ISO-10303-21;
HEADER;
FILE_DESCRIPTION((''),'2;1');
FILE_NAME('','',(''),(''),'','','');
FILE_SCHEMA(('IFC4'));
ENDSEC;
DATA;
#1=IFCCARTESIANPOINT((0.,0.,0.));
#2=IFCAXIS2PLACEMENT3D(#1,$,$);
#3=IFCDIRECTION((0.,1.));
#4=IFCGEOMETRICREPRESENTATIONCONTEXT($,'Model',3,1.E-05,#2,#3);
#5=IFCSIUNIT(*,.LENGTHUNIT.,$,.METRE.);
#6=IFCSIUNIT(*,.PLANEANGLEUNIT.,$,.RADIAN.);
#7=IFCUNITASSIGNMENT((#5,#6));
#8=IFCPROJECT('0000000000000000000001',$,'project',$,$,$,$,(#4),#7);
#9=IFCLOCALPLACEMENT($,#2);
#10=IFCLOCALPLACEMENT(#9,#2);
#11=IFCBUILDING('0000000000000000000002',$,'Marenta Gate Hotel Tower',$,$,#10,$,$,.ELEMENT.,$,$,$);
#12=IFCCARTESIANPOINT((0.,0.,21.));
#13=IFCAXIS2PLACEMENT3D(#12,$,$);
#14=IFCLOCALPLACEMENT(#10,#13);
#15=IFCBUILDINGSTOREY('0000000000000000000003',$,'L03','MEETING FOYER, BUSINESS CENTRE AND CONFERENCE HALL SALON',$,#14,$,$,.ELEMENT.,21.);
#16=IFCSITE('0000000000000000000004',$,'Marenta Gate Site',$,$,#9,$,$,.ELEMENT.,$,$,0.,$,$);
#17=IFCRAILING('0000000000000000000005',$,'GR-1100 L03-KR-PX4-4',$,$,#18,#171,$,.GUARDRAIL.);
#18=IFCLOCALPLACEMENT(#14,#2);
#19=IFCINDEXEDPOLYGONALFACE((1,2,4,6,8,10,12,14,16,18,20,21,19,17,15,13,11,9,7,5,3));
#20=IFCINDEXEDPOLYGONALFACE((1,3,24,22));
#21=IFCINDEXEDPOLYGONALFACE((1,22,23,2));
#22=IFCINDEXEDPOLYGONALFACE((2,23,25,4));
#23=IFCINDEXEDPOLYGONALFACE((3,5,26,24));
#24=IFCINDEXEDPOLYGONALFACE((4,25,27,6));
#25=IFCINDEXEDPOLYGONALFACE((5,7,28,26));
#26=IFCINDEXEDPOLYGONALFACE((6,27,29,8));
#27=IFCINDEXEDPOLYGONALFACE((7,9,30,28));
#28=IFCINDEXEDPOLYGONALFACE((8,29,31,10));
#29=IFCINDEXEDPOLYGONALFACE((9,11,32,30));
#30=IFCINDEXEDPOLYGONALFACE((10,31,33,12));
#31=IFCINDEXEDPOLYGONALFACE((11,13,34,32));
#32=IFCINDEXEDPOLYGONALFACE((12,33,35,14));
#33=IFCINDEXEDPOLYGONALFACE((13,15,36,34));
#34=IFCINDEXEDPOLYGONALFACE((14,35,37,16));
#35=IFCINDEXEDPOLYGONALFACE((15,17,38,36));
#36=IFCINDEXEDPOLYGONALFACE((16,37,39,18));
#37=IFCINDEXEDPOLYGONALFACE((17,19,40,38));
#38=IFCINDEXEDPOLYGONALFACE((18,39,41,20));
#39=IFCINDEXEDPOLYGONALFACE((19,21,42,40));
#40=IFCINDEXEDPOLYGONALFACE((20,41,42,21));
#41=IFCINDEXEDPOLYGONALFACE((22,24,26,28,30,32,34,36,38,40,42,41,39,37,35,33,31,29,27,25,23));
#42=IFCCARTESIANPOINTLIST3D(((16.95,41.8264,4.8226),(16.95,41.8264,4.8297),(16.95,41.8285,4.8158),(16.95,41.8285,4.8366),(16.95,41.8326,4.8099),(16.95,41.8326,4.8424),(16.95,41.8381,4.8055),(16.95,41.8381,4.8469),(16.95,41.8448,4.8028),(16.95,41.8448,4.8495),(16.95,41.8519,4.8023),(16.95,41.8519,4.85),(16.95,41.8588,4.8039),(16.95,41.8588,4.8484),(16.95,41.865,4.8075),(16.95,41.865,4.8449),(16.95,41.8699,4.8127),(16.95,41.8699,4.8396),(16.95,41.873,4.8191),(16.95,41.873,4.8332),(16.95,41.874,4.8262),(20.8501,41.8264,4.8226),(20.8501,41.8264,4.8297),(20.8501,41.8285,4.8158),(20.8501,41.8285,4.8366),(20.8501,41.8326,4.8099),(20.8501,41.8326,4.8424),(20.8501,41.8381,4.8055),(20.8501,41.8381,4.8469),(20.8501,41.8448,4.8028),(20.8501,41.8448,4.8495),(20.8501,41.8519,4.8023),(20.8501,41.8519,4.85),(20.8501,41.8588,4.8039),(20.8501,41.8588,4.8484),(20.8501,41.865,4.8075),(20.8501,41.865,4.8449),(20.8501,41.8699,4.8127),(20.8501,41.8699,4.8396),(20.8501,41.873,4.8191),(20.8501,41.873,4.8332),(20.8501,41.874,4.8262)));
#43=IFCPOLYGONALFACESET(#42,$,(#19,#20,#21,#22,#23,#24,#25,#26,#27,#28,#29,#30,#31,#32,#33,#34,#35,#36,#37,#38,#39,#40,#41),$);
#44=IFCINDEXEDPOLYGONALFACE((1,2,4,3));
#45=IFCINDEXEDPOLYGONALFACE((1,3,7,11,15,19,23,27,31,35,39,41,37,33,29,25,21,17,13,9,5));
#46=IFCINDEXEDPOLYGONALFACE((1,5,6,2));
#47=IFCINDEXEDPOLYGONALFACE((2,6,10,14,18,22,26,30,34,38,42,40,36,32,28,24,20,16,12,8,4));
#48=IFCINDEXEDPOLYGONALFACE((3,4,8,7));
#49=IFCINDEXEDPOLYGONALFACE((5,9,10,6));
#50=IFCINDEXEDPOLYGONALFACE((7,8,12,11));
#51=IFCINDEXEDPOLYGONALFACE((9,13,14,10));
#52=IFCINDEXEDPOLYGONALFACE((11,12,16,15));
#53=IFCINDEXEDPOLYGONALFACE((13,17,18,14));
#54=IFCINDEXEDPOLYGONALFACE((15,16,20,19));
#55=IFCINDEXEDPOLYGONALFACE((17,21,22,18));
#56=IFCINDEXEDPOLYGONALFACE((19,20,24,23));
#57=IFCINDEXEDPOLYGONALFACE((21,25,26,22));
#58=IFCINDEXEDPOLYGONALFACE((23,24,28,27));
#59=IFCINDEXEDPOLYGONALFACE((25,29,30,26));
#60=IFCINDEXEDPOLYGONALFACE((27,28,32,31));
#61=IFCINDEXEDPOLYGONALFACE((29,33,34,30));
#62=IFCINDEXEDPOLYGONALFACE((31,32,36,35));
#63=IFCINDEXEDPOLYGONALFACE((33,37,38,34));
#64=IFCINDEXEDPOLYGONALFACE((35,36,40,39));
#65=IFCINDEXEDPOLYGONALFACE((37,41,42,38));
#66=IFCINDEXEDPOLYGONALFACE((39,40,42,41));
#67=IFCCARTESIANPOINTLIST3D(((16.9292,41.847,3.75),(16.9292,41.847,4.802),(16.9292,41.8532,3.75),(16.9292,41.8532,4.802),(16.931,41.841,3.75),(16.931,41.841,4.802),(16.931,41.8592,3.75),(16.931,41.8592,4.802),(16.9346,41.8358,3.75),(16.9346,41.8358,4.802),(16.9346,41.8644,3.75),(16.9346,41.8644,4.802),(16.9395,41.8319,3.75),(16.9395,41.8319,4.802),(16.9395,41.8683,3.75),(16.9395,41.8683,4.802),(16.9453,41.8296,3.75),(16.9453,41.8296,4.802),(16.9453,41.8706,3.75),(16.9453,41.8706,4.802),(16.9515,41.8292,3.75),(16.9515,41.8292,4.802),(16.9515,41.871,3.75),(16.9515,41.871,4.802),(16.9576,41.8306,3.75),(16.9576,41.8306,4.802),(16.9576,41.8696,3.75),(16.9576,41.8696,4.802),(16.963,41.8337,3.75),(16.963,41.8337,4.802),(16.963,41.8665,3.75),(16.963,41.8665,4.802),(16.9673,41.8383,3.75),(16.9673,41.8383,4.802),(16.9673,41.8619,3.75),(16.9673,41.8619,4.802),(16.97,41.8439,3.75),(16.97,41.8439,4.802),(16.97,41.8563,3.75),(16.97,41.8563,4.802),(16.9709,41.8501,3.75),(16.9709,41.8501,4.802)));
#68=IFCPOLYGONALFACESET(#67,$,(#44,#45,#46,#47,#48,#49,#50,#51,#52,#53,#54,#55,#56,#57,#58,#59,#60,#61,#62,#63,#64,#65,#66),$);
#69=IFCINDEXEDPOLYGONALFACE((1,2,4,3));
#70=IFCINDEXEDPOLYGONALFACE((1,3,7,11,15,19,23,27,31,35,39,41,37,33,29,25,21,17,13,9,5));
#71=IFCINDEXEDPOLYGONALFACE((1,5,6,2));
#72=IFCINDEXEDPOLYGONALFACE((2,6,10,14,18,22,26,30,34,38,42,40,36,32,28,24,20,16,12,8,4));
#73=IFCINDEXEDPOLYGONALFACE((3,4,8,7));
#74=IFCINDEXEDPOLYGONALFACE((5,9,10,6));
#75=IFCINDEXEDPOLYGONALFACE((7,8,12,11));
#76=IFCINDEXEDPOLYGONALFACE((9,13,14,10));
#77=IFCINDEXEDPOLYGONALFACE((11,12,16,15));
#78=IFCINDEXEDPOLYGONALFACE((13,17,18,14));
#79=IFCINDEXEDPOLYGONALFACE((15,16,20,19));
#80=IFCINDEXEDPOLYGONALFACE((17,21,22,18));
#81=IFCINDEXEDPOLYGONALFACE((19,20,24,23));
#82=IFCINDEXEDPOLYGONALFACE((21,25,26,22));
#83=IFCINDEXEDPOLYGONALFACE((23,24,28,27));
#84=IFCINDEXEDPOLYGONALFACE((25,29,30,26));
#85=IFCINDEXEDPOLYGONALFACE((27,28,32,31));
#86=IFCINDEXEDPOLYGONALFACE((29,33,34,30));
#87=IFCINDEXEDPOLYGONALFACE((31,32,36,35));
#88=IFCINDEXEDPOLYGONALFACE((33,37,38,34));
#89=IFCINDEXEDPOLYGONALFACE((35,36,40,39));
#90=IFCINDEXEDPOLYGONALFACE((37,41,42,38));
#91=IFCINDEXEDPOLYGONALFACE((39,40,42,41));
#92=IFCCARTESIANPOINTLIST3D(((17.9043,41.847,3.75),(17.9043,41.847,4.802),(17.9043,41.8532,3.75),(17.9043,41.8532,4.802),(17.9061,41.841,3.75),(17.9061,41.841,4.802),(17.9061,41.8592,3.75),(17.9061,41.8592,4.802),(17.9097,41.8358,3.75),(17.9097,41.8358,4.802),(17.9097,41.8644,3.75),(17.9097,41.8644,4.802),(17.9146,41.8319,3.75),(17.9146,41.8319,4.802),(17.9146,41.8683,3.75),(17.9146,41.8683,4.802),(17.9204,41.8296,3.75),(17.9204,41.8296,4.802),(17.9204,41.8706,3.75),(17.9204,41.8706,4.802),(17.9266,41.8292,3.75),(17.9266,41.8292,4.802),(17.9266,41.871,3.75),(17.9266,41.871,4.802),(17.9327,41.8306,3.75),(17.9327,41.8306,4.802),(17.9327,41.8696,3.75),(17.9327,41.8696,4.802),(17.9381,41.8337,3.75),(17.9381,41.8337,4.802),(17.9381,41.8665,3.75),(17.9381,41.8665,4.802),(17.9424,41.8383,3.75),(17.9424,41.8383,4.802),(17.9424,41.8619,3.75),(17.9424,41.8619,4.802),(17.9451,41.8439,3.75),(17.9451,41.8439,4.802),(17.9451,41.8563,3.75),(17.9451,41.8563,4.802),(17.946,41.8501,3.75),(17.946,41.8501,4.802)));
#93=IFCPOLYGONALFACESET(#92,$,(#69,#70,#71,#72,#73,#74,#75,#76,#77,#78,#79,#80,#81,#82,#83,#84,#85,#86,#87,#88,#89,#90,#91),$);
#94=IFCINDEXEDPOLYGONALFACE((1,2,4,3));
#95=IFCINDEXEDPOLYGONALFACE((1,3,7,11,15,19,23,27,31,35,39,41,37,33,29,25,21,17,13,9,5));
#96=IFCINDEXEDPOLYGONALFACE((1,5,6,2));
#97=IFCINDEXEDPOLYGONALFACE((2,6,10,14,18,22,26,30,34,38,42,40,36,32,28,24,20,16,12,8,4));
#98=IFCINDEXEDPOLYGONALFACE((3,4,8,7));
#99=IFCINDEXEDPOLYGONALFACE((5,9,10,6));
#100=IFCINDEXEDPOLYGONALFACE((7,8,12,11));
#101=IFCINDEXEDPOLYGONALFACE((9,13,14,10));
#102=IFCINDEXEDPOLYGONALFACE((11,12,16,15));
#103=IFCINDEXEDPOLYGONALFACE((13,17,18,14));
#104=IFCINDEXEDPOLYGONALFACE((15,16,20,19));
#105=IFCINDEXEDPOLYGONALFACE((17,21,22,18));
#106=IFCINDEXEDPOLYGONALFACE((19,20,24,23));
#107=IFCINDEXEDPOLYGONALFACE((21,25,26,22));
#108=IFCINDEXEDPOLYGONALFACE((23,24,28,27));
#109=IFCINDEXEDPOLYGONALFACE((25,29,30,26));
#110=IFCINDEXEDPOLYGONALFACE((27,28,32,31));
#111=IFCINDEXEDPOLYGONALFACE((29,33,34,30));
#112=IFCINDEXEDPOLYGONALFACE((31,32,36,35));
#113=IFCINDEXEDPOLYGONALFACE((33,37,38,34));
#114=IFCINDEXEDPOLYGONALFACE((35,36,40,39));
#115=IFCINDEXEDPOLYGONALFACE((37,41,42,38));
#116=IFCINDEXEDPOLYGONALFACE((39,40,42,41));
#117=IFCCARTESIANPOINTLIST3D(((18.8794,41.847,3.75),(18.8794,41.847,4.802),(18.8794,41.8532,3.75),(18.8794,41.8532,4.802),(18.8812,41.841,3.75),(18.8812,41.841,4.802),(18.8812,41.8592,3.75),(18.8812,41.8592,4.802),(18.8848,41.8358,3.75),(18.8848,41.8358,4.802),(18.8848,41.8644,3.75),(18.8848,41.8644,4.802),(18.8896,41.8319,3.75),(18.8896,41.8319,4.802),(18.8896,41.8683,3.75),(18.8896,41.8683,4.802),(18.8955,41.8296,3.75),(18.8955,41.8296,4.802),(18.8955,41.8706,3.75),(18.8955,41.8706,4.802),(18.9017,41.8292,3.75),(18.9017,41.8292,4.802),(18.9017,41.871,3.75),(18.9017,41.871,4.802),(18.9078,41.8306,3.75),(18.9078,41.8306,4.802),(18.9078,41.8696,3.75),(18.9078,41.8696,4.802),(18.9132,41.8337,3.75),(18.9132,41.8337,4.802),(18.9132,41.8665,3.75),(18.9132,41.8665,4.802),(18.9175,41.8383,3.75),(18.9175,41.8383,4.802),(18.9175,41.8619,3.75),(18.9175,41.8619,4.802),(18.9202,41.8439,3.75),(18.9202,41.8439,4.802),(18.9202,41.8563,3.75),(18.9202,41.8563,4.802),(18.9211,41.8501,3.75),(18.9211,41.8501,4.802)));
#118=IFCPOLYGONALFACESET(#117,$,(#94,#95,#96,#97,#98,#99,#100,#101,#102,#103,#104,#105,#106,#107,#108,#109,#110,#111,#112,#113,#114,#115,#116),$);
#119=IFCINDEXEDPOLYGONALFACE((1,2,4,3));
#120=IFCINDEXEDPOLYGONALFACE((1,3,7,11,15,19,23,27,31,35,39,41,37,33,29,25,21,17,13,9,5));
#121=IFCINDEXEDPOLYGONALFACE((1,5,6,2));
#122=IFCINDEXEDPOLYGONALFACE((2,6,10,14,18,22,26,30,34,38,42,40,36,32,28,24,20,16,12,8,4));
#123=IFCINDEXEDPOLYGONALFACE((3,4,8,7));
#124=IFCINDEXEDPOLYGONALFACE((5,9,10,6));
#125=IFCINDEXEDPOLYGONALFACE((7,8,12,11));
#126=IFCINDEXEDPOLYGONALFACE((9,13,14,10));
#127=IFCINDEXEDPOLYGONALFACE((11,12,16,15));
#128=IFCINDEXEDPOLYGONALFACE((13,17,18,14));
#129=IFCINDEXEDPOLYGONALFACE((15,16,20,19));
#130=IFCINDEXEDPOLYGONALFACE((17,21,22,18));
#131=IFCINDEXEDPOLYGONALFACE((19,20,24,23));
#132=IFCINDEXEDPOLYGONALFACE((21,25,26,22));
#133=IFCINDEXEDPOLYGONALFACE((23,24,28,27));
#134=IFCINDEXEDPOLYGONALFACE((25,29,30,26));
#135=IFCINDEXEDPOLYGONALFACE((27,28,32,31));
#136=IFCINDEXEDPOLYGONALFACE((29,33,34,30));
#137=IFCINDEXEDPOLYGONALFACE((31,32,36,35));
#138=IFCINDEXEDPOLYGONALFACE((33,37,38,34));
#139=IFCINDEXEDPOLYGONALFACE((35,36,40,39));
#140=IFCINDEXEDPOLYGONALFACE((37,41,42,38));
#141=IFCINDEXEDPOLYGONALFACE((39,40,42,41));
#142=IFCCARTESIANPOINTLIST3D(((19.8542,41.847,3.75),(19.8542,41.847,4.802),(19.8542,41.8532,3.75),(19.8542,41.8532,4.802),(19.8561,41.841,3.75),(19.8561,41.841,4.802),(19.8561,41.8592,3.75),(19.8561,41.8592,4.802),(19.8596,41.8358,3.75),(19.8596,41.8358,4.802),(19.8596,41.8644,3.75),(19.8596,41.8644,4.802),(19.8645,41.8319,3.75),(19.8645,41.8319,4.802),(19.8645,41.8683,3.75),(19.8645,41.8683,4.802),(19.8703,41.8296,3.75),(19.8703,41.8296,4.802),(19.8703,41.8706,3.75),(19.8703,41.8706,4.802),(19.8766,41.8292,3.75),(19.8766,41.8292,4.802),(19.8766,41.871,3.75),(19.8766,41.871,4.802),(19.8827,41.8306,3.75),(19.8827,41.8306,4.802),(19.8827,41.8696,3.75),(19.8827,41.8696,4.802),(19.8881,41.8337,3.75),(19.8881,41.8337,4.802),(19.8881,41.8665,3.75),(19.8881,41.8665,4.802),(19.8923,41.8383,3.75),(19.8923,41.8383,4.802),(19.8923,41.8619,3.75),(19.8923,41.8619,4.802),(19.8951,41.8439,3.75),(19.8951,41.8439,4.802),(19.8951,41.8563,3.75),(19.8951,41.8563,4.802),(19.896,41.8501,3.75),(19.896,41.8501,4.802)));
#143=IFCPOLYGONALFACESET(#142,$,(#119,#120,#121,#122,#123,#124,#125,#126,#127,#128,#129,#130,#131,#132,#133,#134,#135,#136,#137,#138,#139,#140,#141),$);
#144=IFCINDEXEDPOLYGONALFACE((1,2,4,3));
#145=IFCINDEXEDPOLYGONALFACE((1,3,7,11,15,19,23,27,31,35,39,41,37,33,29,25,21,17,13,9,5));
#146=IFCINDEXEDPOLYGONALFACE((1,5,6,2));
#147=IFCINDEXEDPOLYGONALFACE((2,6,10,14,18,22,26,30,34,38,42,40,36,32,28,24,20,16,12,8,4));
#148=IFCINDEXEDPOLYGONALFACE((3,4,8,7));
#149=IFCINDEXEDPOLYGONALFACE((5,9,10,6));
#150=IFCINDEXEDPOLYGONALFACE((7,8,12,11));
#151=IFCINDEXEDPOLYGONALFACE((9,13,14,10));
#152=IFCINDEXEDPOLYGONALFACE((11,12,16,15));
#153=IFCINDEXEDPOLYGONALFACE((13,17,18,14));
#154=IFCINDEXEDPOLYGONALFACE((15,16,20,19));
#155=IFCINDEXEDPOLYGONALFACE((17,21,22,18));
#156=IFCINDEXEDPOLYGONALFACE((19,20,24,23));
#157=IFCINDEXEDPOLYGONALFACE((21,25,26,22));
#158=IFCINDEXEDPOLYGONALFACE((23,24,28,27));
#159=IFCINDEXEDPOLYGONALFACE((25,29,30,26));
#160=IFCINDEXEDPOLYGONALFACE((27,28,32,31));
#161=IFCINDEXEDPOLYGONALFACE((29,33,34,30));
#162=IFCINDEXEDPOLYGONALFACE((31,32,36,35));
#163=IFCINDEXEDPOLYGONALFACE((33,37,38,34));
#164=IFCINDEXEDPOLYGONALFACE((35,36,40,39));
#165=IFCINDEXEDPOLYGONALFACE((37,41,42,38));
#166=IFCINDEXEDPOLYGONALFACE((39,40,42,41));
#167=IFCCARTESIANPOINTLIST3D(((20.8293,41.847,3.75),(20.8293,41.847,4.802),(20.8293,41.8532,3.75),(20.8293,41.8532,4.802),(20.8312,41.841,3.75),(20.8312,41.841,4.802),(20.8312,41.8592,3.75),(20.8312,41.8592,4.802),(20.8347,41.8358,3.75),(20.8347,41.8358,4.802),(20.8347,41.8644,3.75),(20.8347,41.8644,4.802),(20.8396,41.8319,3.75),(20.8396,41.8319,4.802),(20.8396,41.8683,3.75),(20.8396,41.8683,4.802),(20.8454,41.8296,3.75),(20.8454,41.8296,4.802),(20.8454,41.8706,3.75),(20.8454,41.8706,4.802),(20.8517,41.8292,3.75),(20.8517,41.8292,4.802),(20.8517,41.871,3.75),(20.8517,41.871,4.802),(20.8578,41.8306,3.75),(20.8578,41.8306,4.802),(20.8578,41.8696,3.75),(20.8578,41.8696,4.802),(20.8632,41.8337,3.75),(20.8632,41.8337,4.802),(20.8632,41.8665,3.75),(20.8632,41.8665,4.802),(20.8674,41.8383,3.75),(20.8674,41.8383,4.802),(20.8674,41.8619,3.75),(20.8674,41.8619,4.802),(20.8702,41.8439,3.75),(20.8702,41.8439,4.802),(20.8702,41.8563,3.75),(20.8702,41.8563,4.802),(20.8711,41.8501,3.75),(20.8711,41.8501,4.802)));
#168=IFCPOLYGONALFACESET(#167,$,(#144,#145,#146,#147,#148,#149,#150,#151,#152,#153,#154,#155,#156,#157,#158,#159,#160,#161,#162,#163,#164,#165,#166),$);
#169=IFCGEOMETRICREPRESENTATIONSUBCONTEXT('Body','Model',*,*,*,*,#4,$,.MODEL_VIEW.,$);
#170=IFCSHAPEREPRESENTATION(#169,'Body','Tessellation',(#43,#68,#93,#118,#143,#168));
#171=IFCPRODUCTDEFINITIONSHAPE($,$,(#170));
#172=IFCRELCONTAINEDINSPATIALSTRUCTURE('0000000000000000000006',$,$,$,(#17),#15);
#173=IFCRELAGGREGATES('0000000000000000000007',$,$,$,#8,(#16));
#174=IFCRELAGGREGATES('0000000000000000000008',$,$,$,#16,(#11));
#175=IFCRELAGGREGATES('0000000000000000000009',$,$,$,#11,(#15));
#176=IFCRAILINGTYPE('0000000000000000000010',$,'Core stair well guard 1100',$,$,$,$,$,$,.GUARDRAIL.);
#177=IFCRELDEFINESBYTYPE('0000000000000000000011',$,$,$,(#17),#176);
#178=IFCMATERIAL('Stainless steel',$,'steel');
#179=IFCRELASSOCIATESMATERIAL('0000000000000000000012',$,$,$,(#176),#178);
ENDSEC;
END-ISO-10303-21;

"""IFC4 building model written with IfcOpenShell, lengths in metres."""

from ifc_helpers import new_model, si_unit, direction, frame, origin, origin_2d, place, context, subcontext, project, spatial, circle, extrude, material, type_object, element, save


model = new_model("IFC4")

# Units and contexts
model_context = context("Model", 3, precision=1e-05, world=origin(), true_north=direction((0.0, 1.0)))
body_context = subcontext(model_context, "Body", "Model", "MODEL_VIEW")
ifc_project = project(units=[si_unit("LENGTHUNIT", "METRE"), si_unit("PLANEANGLEUNIT", "RADIAN")], contexts=[model_context])

# Site, building, storey
site_placement = place(None, origin())
site = spatial("IfcSite", under=ifc_project, at=site_placement, Name="Marenta Gate Site", CompositionType="ELEMENT", RefElevation=0.0)
building_placement = place(site_placement, origin())
building = spatial("IfcBuilding", under=site, at=building_placement, Name="Marenta Gate Hotel Tower", CompositionType="ELEMENT")
storey_placement = place(building_placement, frame((0.0, 0.0, 21.0)))
storey = spatial("IfcBuildingStorey", under=building, at=storey_placement, Name="L03", Description="MEETING FOYER, BUSINESS CENTRE AND CONFERENCE HALL SALON", CompositionType="ELEMENT", Elevation=21.0)

# Railing
ifc_material_1 = material(Name="Stainless steel", Category="steel")
railing_type_1 = type_object("IfcRailingType", Name="Core stair well guard 1100", PredefinedType="GUARDRAIL", material=ifc_material_1)
for number, where, name in (
    (1, (16.95, 41.8501, 3.75), "GR-1100 L03-KR-PX4-4"),
):
    element("IfcRailing", number, at=place(storey_placement, frame(where)), inside=storey, type_object=railing_type_1, Name=name, PredefinedType="GUARDRAIL", context=body_context, shape_type="SweptSolid", body=[
        extrude(circle(Radius=0.0239, at=origin_2d()), frame((0.0, 0.0, 1.0762), z_axis=(1.0, 0.0, 0.0), x_axis=(0.0, 1.0, 0.0)), (0.0, 0.0, 1.0), 3.9001),
        extrude(circle(Radius=0.021, at=origin_2d()), origin(), (0.0, 0.0, 1.0), 1.052),
        extrude(circle(Radius=0.021, at=origin_2d()), frame((0.9751, 0.0, 0.0)), (0.0, 0.0, 1.0), 1.052),
        extrude(circle(Radius=0.021, at=origin_2d()), frame((1.9502, 0.0, 0.0)), (0.0, 0.0, 1.0), 1.052),
        extrude(circle(Radius=0.021, at=origin_2d()), frame((2.925, 0.0, 0.0)), (0.0, 0.0, 1.0), 1.052),
        extrude(circle(Radius=0.021, at=origin_2d()), frame((3.9001, 0.0, 0.0)), (0.0, 0.0, 1.0), 1.052),
    ])

save(model, "model.ifc")
